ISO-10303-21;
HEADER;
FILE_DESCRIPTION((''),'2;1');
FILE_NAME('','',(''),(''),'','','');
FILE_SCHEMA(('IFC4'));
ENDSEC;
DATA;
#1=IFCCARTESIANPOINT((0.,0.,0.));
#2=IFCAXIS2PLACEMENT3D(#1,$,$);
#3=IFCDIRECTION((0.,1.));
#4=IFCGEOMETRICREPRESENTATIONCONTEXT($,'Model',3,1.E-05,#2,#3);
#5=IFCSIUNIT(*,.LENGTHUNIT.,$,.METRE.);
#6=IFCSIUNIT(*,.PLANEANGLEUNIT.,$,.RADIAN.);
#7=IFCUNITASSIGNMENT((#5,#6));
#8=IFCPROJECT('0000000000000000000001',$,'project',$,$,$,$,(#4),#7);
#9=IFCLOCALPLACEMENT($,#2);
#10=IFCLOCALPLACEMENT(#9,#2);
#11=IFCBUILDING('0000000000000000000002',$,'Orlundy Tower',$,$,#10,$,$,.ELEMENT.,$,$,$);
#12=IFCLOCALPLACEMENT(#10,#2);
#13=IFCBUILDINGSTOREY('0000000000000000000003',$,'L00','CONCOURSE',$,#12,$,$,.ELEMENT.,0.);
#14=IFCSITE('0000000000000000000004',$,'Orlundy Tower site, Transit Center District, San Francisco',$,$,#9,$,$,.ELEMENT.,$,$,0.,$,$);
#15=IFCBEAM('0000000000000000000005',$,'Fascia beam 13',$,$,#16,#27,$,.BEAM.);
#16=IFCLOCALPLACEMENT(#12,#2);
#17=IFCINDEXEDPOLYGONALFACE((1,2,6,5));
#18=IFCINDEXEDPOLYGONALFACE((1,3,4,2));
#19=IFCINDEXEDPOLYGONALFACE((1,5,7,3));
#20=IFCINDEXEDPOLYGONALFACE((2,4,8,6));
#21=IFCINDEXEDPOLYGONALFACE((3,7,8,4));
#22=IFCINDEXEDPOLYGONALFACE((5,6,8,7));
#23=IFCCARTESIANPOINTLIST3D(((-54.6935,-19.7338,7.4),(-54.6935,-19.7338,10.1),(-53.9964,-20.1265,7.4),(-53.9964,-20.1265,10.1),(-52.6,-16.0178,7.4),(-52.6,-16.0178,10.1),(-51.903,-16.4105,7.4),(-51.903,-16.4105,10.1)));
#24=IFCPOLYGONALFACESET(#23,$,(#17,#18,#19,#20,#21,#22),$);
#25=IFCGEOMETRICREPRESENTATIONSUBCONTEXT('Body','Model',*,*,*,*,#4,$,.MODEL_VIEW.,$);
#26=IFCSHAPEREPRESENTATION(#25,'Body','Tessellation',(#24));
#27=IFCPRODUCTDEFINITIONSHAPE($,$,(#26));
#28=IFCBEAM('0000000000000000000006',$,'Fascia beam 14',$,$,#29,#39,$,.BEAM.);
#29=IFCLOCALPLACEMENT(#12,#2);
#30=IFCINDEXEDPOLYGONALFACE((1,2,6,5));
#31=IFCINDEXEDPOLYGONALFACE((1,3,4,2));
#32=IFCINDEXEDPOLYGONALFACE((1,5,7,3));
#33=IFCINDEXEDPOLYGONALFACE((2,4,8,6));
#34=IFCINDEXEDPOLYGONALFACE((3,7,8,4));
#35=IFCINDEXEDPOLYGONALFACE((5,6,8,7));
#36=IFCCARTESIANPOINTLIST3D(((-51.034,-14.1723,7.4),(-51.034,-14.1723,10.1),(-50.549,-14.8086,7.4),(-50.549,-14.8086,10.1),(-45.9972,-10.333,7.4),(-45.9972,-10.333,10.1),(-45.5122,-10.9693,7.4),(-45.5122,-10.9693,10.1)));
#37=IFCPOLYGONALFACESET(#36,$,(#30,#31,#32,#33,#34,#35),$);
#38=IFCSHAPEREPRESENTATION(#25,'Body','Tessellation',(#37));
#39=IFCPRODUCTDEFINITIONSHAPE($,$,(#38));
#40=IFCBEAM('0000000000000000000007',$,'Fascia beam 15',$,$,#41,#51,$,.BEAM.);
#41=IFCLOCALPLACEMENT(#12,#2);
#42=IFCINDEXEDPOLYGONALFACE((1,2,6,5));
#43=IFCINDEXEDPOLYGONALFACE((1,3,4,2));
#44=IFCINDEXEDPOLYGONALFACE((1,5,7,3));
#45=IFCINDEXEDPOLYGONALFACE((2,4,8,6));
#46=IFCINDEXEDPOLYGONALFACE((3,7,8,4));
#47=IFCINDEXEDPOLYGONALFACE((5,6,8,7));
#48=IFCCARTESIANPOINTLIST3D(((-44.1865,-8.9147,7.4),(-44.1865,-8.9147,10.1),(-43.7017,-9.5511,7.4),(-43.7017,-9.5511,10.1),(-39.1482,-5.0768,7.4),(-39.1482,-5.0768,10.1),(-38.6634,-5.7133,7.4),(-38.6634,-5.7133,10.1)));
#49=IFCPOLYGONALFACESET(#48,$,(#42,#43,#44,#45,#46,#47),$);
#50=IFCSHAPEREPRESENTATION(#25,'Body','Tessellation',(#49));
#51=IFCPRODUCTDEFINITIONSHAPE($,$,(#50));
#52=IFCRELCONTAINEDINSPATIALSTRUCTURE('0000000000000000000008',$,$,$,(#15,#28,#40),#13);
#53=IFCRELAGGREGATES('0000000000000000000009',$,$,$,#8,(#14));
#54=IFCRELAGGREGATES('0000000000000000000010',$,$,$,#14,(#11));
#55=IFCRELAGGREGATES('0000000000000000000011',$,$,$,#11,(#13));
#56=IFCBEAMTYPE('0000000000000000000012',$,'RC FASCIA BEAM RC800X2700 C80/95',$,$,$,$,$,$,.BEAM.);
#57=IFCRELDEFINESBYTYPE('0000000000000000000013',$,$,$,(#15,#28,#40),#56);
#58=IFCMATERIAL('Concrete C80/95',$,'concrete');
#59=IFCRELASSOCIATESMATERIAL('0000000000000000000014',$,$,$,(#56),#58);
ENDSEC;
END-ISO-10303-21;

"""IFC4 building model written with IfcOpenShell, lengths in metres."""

from ifc_helpers import new_model, si_unit, direction, frame, origin, origin_2d, place, context, subcontext, project, spatial, rectangle, extrude, material, material_profile, profile_set, type_object, element, save


model = new_model("IFC4")

# Units and contexts
model_context = context("Model", 3, precision=1e-05, world=origin(), true_north=direction((0.0, 1.0)))
body_context = subcontext(model_context, "Body", "Model", "MODEL_VIEW")
ifc_project = project(units=[si_unit("LENGTHUNIT", "METRE"), si_unit("PLANEANGLEUNIT", "RADIAN")], contexts=[model_context])

# Site, building, storey
site_placement = place(None, origin())
site = spatial("IfcSite", under=ifc_project, at=site_placement, Name="Orlundy Tower site, Transit Center District, San Francisco", CompositionType="ELEMENT", RefElevation=0.0)
building_placement = place(site_placement, origin())
building = spatial("IfcBuilding", under=site, at=building_placement, Name="Orlundy Tower", CompositionType="ELEMENT")
storey_placement = place(building_placement, origin())
storey = spatial("IfcBuildingStorey", under=building, at=storey_placement, Name="L00", Description="CONCOURSE", CompositionType="ELEMENT", Elevation=0.0)

# Beams
ifc_material_1 = material(Name="Concrete C80/95", Category="concrete")
ifc_material_profile_1 = material_profile(ifc_material_1, rectangle(XDim=0.8, YDim=2.7, at=origin_2d()), Name="RC800X2700")
ifc_profile_set_1 = profile_set([ifc_material_profile_1], Name="Concrete C80/95")
beam_type = type_object("IfcBeamType", Name="RC FASCIA BEAM RC800X2700 C80/95", PredefinedType="BEAM", material=ifc_profile_set_1)
beam_1_placement = place(storey_placement, frame((-54.345, -19.9302, 8.75), z_axis=(0.490835, 0.871253, 0.0), x_axis=(-0.871253, 0.490835, 0.0)))
element("IfcBeam", 1, at=beam_1_placement, inside=storey, type_object=beam_type, Name="Fascia beam 13", PredefinedType="BEAM", context=body_context, shape_type="SweptSolid", body=[
    extrude(rectangle(XDim=0.8, YDim=2.7, at=origin_2d()), origin(), (0.0, 0.0, 1.0), 4.2651),
])
beam_2_placement = place(storey_placement, frame((-50.7915, -14.4905, 8.75), z_axis=(0.795299, 0.606217, 0.0), x_axis=(-0.606217, 0.795299, 0.0)))
element("IfcBeam", 2, at=beam_2_placement, inside=storey, type_object=beam_type, Name="Fascia beam 14", PredefinedType="BEAM", context=body_context, shape_type="SweptSolid", body=[
    extrude(rectangle(XDim=0.8, YDim=2.7, at=origin_2d()), origin(), (0.0, 0.0, 1.0), 6.3333),
])
beam_3_placement = place(storey_placement, frame((-43.9441, -9.2329, 8.75), z_axis=(0.795495, 0.60596, 0.0), x_axis=(-0.60596, 0.795495, 0.0)))
element("IfcBeam", 3, at=beam_3_placement, inside=storey, type_object=beam_type, Name="Fascia beam 15", PredefinedType="BEAM", context=body_context, shape_type="SweptSolid", body=[
    extrude(rectangle(XDim=0.8, YDim=2.7, at=origin_2d()), origin(), (0.0, 0.0, 1.0), 6.3335),
])

save(model, "model.ifc")
